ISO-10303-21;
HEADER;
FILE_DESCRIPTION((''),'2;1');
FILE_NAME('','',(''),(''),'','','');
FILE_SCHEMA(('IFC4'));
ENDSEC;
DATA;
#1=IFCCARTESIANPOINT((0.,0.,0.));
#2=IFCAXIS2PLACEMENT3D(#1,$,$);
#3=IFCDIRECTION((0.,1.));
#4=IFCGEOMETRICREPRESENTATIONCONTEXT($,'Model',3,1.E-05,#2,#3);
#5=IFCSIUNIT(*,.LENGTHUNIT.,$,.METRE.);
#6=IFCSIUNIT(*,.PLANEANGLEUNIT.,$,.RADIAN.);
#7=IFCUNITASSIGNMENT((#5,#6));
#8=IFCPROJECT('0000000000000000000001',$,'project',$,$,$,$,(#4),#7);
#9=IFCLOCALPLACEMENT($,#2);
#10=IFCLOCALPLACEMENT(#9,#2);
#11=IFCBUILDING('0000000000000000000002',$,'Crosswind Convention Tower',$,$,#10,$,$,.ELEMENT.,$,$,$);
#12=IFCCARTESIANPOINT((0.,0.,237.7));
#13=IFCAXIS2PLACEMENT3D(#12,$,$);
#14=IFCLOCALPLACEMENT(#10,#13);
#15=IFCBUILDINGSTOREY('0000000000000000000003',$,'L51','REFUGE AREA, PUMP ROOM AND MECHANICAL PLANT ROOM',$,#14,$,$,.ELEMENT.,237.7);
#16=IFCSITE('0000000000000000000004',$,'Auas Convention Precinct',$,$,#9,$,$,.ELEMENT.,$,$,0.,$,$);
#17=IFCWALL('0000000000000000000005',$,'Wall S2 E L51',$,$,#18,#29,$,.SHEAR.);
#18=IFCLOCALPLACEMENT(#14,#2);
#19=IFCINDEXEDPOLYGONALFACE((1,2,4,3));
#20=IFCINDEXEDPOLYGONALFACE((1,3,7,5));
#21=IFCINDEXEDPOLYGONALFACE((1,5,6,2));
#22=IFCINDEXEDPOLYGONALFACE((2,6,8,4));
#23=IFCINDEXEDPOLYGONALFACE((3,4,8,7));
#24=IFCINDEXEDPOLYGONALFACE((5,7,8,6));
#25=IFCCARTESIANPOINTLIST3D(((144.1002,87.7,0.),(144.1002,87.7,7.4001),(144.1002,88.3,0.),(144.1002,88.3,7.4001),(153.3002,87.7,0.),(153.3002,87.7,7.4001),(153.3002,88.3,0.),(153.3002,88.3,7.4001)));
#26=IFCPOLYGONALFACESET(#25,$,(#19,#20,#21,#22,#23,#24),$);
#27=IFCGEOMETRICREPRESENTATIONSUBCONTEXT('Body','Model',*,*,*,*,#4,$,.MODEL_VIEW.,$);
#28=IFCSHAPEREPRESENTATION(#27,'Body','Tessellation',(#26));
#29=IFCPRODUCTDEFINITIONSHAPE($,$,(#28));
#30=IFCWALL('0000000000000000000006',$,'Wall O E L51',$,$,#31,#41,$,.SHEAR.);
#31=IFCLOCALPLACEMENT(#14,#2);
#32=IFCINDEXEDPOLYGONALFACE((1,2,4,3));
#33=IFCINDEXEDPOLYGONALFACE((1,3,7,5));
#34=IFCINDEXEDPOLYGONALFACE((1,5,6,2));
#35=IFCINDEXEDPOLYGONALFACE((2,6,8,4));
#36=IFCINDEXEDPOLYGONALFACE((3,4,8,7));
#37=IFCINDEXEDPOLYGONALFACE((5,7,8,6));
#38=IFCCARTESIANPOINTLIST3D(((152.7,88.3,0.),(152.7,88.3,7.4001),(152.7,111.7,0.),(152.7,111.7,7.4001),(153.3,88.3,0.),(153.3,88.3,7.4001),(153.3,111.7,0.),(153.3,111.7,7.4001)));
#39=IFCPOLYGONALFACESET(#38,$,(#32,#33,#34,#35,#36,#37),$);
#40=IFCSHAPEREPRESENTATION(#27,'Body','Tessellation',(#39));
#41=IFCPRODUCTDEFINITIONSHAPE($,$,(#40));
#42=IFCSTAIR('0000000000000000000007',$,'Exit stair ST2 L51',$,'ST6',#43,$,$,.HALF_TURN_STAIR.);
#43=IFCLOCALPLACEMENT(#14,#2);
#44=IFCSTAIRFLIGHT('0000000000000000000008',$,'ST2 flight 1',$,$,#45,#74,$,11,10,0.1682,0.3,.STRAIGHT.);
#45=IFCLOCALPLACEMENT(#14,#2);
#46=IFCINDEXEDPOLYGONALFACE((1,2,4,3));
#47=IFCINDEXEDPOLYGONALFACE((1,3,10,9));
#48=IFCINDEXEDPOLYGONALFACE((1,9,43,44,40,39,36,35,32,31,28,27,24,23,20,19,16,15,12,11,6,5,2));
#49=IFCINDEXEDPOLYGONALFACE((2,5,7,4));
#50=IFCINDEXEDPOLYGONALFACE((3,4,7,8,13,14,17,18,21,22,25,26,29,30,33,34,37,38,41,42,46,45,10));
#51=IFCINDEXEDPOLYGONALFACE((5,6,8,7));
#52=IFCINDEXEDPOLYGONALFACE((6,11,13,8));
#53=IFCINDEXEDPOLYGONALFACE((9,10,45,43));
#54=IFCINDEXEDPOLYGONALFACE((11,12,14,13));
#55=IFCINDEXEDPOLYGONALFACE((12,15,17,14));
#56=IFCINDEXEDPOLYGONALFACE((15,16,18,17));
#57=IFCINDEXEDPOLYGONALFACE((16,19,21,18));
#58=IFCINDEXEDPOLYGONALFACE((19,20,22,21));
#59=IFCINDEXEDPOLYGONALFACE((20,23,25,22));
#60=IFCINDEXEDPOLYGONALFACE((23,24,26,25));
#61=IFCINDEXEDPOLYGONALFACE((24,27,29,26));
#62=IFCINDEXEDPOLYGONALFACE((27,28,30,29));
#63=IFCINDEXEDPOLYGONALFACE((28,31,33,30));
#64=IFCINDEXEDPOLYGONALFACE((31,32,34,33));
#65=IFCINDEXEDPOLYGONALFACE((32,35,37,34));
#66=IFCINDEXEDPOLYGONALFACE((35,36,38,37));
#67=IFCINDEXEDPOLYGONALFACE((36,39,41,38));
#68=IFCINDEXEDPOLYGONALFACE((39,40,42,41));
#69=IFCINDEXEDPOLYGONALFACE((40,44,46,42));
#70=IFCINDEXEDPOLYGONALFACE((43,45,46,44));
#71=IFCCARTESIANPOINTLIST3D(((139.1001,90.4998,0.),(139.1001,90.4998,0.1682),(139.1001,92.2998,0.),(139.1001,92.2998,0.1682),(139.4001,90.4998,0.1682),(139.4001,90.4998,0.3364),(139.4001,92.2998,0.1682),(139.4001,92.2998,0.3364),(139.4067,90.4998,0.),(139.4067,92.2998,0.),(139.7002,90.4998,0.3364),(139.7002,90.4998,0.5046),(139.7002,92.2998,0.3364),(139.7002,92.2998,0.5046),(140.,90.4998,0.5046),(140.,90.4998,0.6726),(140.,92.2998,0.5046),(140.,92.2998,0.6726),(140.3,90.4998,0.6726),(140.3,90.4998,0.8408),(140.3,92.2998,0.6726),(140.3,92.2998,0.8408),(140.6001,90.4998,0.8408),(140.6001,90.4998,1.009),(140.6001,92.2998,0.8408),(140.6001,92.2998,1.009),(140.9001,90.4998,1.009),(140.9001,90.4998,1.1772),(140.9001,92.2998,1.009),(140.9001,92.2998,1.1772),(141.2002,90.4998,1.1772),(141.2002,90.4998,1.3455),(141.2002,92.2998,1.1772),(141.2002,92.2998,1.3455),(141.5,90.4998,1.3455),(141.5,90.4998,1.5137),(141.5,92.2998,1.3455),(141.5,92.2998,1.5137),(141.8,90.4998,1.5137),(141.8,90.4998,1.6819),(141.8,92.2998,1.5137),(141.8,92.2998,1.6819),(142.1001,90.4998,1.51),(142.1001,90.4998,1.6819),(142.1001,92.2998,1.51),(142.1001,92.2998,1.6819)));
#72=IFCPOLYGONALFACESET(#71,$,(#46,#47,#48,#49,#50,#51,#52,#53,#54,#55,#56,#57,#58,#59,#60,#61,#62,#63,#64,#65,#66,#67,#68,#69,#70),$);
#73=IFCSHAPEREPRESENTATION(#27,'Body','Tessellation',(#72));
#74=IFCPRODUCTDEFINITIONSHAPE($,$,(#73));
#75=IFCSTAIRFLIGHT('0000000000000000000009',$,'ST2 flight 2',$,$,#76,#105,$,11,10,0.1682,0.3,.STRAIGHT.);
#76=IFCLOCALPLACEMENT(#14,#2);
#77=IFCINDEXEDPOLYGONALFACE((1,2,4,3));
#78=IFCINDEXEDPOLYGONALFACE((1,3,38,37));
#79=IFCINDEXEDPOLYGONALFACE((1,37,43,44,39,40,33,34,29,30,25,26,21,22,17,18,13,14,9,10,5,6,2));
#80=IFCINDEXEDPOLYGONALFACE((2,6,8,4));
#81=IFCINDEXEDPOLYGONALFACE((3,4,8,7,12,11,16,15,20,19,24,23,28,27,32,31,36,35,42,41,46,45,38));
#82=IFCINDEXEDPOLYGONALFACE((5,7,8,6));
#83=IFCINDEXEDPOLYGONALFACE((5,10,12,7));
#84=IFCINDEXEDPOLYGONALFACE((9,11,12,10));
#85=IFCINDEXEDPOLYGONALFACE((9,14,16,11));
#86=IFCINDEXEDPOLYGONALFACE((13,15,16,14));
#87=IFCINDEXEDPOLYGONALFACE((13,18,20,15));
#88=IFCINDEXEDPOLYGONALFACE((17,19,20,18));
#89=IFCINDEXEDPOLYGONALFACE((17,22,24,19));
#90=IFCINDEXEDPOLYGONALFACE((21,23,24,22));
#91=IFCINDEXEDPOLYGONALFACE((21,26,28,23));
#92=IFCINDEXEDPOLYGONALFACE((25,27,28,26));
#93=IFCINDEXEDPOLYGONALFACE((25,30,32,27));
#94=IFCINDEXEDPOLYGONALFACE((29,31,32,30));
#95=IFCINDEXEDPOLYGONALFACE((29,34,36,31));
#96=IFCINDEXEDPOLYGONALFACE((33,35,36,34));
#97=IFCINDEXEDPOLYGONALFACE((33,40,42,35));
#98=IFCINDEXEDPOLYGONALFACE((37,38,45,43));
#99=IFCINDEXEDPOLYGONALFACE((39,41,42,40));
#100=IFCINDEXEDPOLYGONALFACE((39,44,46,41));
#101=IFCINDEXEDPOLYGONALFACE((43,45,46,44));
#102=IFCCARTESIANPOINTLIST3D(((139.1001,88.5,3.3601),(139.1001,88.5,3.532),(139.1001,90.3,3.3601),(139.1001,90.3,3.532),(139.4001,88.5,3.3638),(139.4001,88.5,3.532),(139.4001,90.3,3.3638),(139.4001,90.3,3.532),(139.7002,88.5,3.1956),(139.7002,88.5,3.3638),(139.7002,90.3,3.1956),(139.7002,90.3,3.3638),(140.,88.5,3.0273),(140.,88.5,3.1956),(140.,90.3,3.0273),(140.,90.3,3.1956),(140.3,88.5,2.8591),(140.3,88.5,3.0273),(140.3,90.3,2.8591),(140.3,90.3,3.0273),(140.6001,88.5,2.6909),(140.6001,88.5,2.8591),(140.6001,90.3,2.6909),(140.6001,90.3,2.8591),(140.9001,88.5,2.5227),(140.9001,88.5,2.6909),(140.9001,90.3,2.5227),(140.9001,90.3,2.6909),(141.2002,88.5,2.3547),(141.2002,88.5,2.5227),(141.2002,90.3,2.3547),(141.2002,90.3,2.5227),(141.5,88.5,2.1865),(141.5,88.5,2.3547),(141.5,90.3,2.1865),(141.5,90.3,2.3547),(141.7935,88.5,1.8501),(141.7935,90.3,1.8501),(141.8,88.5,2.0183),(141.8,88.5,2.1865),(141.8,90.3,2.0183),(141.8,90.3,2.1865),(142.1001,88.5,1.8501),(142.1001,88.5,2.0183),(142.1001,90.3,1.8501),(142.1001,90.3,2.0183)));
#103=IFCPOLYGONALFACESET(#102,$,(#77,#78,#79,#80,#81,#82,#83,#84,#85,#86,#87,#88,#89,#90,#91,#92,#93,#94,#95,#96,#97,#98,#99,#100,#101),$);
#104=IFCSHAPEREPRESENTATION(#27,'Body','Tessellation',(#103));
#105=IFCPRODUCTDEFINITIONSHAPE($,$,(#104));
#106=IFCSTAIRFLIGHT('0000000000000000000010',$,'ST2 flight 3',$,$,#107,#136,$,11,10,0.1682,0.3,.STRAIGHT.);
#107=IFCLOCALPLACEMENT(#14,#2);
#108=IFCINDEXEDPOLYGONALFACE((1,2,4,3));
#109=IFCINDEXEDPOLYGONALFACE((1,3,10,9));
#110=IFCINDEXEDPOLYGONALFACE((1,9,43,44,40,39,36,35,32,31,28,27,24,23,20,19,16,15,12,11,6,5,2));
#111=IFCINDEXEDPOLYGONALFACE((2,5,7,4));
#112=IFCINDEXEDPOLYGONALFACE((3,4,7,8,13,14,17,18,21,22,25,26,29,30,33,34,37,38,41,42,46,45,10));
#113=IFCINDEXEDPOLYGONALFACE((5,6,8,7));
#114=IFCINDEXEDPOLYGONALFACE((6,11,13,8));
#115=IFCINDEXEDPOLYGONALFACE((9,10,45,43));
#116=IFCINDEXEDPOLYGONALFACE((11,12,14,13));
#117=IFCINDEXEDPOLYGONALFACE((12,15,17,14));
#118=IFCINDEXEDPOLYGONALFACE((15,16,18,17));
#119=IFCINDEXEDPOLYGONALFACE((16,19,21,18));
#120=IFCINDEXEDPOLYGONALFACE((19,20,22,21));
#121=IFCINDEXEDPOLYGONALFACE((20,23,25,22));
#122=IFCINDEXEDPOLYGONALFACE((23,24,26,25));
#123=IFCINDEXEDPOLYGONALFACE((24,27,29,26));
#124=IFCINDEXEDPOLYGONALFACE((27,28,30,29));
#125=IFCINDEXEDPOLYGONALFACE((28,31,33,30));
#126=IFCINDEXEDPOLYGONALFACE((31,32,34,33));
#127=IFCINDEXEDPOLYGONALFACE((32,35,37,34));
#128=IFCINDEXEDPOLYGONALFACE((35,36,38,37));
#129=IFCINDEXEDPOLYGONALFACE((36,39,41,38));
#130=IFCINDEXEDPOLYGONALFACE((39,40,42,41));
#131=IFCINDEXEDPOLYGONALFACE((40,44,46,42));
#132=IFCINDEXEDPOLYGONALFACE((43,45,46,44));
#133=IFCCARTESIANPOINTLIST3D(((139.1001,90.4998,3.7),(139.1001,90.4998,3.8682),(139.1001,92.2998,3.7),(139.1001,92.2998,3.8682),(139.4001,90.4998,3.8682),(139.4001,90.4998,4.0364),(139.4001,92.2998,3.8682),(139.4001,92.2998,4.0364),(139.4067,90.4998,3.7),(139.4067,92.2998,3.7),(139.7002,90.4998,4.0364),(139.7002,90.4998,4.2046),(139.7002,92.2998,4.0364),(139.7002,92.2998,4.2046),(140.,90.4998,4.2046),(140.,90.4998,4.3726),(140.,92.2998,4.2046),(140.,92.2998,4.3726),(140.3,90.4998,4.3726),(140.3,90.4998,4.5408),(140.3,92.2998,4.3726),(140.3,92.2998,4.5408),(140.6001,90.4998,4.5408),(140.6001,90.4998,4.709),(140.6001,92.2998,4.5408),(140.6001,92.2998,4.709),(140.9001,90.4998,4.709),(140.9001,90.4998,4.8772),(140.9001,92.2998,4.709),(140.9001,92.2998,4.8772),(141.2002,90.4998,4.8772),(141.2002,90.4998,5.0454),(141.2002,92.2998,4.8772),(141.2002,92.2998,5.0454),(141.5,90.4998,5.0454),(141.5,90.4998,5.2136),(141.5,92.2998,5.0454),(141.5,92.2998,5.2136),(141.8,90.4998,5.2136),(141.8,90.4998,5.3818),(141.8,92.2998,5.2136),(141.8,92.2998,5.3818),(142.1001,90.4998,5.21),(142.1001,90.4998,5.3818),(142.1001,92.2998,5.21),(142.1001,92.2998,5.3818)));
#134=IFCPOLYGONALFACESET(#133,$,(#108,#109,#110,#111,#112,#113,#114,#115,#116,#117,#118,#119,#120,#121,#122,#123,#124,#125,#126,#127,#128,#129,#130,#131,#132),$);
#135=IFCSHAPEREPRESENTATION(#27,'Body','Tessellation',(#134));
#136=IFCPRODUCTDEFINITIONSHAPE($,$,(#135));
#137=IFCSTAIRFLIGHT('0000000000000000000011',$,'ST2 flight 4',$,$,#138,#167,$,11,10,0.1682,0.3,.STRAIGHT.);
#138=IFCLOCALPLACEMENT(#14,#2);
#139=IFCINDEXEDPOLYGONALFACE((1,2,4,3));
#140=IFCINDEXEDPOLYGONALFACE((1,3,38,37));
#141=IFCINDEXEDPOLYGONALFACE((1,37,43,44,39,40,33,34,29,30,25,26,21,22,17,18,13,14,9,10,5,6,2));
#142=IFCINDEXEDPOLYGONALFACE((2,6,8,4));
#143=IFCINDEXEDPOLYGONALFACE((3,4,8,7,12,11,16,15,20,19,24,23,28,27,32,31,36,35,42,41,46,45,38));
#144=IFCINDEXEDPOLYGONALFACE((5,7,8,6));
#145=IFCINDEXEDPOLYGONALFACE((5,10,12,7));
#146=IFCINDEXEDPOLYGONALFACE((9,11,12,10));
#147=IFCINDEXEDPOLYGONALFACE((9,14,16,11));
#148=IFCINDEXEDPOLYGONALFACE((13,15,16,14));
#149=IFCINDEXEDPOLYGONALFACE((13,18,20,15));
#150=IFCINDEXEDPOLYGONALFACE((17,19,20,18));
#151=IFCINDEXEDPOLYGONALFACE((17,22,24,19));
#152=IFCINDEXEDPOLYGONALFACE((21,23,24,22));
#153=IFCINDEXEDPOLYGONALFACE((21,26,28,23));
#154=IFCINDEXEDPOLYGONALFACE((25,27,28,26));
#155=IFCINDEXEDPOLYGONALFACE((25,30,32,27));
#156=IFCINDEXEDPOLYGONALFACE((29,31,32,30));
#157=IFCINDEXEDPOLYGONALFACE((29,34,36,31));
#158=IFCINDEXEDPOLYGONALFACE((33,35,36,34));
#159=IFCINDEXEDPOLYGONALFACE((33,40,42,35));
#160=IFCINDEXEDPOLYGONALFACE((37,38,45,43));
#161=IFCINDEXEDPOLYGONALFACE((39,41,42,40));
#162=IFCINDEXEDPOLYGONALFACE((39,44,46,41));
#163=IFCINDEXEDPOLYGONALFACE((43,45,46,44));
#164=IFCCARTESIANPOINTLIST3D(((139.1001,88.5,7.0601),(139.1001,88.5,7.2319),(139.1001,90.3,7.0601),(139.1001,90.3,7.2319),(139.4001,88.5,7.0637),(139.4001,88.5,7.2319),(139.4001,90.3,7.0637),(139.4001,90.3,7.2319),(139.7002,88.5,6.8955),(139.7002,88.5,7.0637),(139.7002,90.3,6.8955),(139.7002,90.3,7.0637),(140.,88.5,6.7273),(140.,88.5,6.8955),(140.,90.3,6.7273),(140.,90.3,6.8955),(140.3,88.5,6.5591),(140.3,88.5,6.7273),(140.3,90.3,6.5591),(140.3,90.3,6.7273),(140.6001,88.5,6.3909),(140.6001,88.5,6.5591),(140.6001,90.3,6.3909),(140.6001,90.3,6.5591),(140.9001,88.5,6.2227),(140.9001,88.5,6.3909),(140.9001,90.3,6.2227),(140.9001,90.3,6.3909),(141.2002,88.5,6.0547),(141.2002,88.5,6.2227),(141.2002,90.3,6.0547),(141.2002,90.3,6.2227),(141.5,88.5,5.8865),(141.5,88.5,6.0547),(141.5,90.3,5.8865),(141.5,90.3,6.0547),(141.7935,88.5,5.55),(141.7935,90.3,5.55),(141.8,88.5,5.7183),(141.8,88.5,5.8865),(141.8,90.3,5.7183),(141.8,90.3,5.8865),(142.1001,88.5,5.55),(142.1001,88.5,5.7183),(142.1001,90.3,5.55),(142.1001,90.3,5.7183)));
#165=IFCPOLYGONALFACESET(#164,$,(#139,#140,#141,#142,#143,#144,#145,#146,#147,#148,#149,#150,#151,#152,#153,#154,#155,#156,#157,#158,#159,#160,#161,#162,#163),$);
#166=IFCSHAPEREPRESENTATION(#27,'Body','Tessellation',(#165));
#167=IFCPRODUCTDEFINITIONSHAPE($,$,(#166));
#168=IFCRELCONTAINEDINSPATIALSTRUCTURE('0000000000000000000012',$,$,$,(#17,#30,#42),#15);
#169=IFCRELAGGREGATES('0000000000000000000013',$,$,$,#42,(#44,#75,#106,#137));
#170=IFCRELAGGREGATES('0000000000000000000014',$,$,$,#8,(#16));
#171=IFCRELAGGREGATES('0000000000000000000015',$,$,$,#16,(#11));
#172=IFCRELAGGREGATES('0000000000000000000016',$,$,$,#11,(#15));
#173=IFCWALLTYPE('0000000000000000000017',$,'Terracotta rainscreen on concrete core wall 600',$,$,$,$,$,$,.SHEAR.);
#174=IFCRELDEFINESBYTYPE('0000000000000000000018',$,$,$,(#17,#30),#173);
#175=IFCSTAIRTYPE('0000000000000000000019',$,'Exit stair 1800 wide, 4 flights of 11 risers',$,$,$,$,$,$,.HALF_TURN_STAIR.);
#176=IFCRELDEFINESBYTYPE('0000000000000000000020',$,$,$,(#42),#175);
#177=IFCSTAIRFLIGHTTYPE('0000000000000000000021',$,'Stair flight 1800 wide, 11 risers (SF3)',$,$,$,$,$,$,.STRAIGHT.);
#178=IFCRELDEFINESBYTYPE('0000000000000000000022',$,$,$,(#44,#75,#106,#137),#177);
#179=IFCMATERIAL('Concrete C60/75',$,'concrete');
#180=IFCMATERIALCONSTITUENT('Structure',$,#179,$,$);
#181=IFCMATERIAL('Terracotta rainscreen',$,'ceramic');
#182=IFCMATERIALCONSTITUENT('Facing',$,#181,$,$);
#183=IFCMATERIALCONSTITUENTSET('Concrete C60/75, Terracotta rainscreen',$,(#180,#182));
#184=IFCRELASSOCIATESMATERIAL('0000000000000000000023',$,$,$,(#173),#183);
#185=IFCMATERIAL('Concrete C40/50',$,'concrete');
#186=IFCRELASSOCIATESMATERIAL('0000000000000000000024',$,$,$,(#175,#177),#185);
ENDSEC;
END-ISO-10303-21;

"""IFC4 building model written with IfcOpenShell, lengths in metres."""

from ifc_helpers import new_model, si_unit, direction, frame, frame_2d, origin, place, context, subcontext, project, spatial, polyline, rectangle, outline, extrude, material, constituent, constituent_set, type_object, element, aggregate, save


model = new_model("IFC4")

# Units and contexts
model_context = context("Model", 3, precision=1e-05, world=origin(), true_north=direction((0.0, 1.0)))
body_context = subcontext(model_context, "Body", "Model", "MODEL_VIEW")
ifc_project = project(units=[si_unit("LENGTHUNIT", "METRE"), si_unit("PLANEANGLEUNIT", "RADIAN")], contexts=[model_context])

# Site, building, storey
site_placement = place(None, origin())
site = spatial("IfcSite", under=ifc_project, at=site_placement, Name="Auas Convention Precinct", CompositionType="ELEMENT", RefElevation=0.0)
building_placement = place(site_placement, origin())
building = spatial("IfcBuilding", under=site, at=building_placement, Name="Crosswind Convention Tower", CompositionType="ELEMENT")
storey_placement = place(building_placement, frame((0.0, 0.0, 237.7)))
storey = spatial("IfcBuildingStorey", under=building, at=storey_placement, Name="L51", Description="REFUGE AREA, PUMP ROOM AND MECHANICAL PLANT ROOM", CompositionType="ELEMENT", Elevation=237.7)

# Walls
ifc_material_1 = material(Name="Concrete C60/75", Category="concrete")
ifc_constituent_1 = constituent(ifc_material_1, Name="Structure")
ifc_material_2 = material(Name="Terracotta rainscreen", Category="ceramic")
ifc_constituent_2 = constituent(ifc_material_2, Name="Facing")
ifc_constituent_set = constituent_set(constituents=[ifc_constituent_1, ifc_constituent_2], Name="Concrete C60/75, Terracotta rainscreen")
wall_type_1 = type_object("IfcWallType", Name="Terracotta rainscreen on concrete core wall 600", PredefinedType="SHEAR", material=ifc_constituent_set)
wall_1_placement = place(storey_placement, frame((144.1001, 88.0, 0.0), z_axis=(0.0, 0.0, 1.0), x_axis=(1.0, 0.0, 0.0)))
element("IfcWall", 1, at=wall_1_placement, inside=storey, type_object=wall_type_1, Name="Wall S2 E L51", PredefinedType="SHEAR", context=body_context, shape_type="SweptSolid", body=[
    extrude(rectangle(XDim=9.2, YDim=0.6001, at=frame_2d((4.6001, 0.0))), origin(), (0.0, 0.0, 1.0), 7.4001),
])
wall_2_placement = place(storey_placement, frame((153.0, 88.3, 0.0), z_axis=(0.0, 0.0, 1.0), x_axis=(0.0, 1.0, 0.0)))
element("IfcWall", 2, at=wall_2_placement, inside=storey, type_object=wall_type_1, Name="Wall O E L51", PredefinedType="SHEAR", context=body_context, shape_type="SweptSolid", body=[
    extrude(rectangle(XDim=23.3999, YDim=0.6001, at=frame_2d((11.7, 0.0))), origin(), (0.0, 0.0, 1.0), 7.4001),
])

# Stair, stair flights
ifc_material_3 = material(Name="Concrete C40/50", Category="concrete")
stair_type = type_object("IfcStairType", Name="Exit stair 1800 wide, 4 flights of 11 risers", PredefinedType="HALF_TURN_STAIR", material=ifc_material_3)
stair_placement = place(storey_placement, origin())
stair = element("IfcStair", 3, at=stair_placement, inside=storey, type_object=stair_type, Name="Exit stair ST2 L51", ObjectType="ST6", PredefinedType="HALF_TURN_STAIR")
stair_flight_type = type_object("IfcStairFlightType", Name="Stair flight 1800 wide, 11 risers (SF3)", PredefinedType="STRAIGHT", material=ifc_material_3)
stair_flight_1_placement = place(storey_placement, frame((139.1001, 91.3999, 0.0), z_axis=(0.0, 0.0, 1.0), x_axis=(1.0, 0.0, 0.0)))
stair_flight_1 = element("IfcStairFlight", 4, at=stair_flight_1_placement, type_object=stair_flight_type, Name="ST2 flight 1", NumberOfRisers=11, NumberOfTreads=10, PredefinedType="STRAIGHT", RiserHeight=0.1682, TreadLength=0.3, context=body_context, shape_type="SweptSolid", body=[
    extrude(outline(polyline([(0.0, 0.0), (0.0, 0.1682), (0.3, 0.1682), (0.3, 0.3364), (0.6001, 0.3364), (0.6001, 0.5046), (0.8999, 0.5046), (0.8999, 0.6726), (1.2, 0.6726), (1.2, 0.8408), (1.5, 0.8408), (1.5, 1.009), (1.8, 1.009), (1.8, 1.1772), (2.1001, 1.1772), (2.1001, 1.3455), (2.3999, 1.3455), (2.3999, 1.5137), (2.7, 1.5137), (2.7, 1.6819), (3.0, 1.6819), (3.0, 1.8501), (3.0, 1.51), (0.3066, 0.0), (0.0, 0.0)])), frame((0.0, 0.8999, 0.0), z_axis=(0.0, -1.0, 0.0), x_axis=(1.0, 0.0, 0.0)), (0.0, 0.0, 1.0), 1.8),
])
stair_flight_2_placement = place(storey_placement, frame((142.1001, 89.3999, 1.8501), z_axis=(0.0, 0.0, 1.0), x_axis=(-1.0, 0.0, 0.0)))
stair_flight_2 = element("IfcStairFlight", 5, at=stair_flight_2_placement, type_object=stair_flight_type, Name="ST2 flight 2", NumberOfRisers=11, NumberOfTreads=10, PredefinedType="STRAIGHT", RiserHeight=0.1682, TreadLength=0.3, context=body_context, shape_type="SweptSolid", body=[
    extrude(outline(polyline([(0.0, 0.0), (0.0, 0.1682), (0.3, 0.1682), (0.3, 0.3364), (0.6001, 0.3364), (0.6001, 0.5046), (0.8999, 0.5046), (0.8999, 0.6726), (1.2, 0.6726), (1.2, 0.8408), (1.5, 0.8408), (1.5, 1.009), (1.8, 1.009), (1.8, 1.1772), (2.1001, 1.1772), (2.1001, 1.3455), (2.3999, 1.3455), (2.3999, 1.5137), (2.7, 1.5137), (2.7, 1.6819), (3.0, 1.6819), (3.0, 1.8501), (3.0, 1.51), (0.3066, 0.0), (0.0, 0.0)])), frame((0.0, 0.8999, 0.0), z_axis=(0.0, -1.0, 0.0), x_axis=(1.0, 0.0, 0.0)), (0.0, 0.0, 1.0), 1.8),
])
stair_flight_3_placement = place(storey_placement, frame((139.1001, 91.3999, 3.7), z_axis=(0.0, 0.0, 1.0), x_axis=(1.0, 0.0, 0.0)))
stair_flight_3 = element("IfcStairFlight", 6, at=stair_flight_3_placement, type_object=stair_flight_type, Name="ST2 flight 3", NumberOfRisers=11, NumberOfTreads=10, PredefinedType="STRAIGHT", RiserHeight=0.1682, TreadLength=0.3, context=body_context, shape_type="SweptSolid", body=[
    extrude(outline(polyline([(0.0, 0.0), (0.0, 0.1682), (0.3, 0.1682), (0.3, 0.3364), (0.6001, 0.3364), (0.6001, 0.5046), (0.8999, 0.5046), (0.8999, 0.6726), (1.2, 0.6726), (1.2, 0.8408), (1.5, 0.8408), (1.5, 1.009), (1.8, 1.009), (1.8, 1.1772), (2.1001, 1.1772), (2.1001, 1.3455), (2.3999, 1.3455), (2.3999, 1.5137), (2.7, 1.5137), (2.7, 1.6819), (3.0, 1.6819), (3.0, 1.8501), (3.0, 1.51), (0.3066, 0.0), (0.0, 0.0)])), frame((0.0, 0.8999, 0.0), z_axis=(0.0, -1.0, 0.0), x_axis=(1.0, 0.0, 0.0)), (0.0, 0.0, 1.0), 1.8),
])
stair_flight_4_placement = place(storey_placement, frame((142.1001, 89.3999, 5.55), z_axis=(0.0, 0.0, 1.0), x_axis=(-1.0, 0.0, 0.0)))
stair_flight_4 = element("IfcStairFlight", 7, at=stair_flight_4_placement, type_object=stair_flight_type, Name="ST2 flight 4", NumberOfRisers=11, NumberOfTreads=10, PredefinedType="STRAIGHT", RiserHeight=0.1682, TreadLength=0.3, context=body_context, shape_type="SweptSolid", body=[
    extrude(outline(polyline([(0.0, 0.0), (0.0, 0.1682), (0.3, 0.1682), (0.3, 0.3364), (0.6001, 0.3364), (0.6001, 0.5046), (0.8999, 0.5046), (0.8999, 0.6726), (1.2, 0.6726), (1.2, 0.8408), (1.5, 0.8408), (1.5, 1.009), (1.8, 1.009), (1.8, 1.1772), (2.1001, 1.1772), (2.1001, 1.3455), (2.3999, 1.3455), (2.3999, 1.5137), (2.7, 1.5137), (2.7, 1.6819), (3.0, 1.6819), (3.0, 1.8501), (3.0, 1.51), (0.3066, 0.0), (0.0, 0.0)])), frame((0.0, 0.8999, 0.0), z_axis=(0.0, -1.0, 0.0), x_axis=(1.0, 0.0, 0.0)), (0.0, 0.0, 1.0), 1.8),
])
aggregate(stair, [stair_flight_1, stair_flight_2, stair_flight_3, stair_flight_4])

save(model, "model.ifc")
